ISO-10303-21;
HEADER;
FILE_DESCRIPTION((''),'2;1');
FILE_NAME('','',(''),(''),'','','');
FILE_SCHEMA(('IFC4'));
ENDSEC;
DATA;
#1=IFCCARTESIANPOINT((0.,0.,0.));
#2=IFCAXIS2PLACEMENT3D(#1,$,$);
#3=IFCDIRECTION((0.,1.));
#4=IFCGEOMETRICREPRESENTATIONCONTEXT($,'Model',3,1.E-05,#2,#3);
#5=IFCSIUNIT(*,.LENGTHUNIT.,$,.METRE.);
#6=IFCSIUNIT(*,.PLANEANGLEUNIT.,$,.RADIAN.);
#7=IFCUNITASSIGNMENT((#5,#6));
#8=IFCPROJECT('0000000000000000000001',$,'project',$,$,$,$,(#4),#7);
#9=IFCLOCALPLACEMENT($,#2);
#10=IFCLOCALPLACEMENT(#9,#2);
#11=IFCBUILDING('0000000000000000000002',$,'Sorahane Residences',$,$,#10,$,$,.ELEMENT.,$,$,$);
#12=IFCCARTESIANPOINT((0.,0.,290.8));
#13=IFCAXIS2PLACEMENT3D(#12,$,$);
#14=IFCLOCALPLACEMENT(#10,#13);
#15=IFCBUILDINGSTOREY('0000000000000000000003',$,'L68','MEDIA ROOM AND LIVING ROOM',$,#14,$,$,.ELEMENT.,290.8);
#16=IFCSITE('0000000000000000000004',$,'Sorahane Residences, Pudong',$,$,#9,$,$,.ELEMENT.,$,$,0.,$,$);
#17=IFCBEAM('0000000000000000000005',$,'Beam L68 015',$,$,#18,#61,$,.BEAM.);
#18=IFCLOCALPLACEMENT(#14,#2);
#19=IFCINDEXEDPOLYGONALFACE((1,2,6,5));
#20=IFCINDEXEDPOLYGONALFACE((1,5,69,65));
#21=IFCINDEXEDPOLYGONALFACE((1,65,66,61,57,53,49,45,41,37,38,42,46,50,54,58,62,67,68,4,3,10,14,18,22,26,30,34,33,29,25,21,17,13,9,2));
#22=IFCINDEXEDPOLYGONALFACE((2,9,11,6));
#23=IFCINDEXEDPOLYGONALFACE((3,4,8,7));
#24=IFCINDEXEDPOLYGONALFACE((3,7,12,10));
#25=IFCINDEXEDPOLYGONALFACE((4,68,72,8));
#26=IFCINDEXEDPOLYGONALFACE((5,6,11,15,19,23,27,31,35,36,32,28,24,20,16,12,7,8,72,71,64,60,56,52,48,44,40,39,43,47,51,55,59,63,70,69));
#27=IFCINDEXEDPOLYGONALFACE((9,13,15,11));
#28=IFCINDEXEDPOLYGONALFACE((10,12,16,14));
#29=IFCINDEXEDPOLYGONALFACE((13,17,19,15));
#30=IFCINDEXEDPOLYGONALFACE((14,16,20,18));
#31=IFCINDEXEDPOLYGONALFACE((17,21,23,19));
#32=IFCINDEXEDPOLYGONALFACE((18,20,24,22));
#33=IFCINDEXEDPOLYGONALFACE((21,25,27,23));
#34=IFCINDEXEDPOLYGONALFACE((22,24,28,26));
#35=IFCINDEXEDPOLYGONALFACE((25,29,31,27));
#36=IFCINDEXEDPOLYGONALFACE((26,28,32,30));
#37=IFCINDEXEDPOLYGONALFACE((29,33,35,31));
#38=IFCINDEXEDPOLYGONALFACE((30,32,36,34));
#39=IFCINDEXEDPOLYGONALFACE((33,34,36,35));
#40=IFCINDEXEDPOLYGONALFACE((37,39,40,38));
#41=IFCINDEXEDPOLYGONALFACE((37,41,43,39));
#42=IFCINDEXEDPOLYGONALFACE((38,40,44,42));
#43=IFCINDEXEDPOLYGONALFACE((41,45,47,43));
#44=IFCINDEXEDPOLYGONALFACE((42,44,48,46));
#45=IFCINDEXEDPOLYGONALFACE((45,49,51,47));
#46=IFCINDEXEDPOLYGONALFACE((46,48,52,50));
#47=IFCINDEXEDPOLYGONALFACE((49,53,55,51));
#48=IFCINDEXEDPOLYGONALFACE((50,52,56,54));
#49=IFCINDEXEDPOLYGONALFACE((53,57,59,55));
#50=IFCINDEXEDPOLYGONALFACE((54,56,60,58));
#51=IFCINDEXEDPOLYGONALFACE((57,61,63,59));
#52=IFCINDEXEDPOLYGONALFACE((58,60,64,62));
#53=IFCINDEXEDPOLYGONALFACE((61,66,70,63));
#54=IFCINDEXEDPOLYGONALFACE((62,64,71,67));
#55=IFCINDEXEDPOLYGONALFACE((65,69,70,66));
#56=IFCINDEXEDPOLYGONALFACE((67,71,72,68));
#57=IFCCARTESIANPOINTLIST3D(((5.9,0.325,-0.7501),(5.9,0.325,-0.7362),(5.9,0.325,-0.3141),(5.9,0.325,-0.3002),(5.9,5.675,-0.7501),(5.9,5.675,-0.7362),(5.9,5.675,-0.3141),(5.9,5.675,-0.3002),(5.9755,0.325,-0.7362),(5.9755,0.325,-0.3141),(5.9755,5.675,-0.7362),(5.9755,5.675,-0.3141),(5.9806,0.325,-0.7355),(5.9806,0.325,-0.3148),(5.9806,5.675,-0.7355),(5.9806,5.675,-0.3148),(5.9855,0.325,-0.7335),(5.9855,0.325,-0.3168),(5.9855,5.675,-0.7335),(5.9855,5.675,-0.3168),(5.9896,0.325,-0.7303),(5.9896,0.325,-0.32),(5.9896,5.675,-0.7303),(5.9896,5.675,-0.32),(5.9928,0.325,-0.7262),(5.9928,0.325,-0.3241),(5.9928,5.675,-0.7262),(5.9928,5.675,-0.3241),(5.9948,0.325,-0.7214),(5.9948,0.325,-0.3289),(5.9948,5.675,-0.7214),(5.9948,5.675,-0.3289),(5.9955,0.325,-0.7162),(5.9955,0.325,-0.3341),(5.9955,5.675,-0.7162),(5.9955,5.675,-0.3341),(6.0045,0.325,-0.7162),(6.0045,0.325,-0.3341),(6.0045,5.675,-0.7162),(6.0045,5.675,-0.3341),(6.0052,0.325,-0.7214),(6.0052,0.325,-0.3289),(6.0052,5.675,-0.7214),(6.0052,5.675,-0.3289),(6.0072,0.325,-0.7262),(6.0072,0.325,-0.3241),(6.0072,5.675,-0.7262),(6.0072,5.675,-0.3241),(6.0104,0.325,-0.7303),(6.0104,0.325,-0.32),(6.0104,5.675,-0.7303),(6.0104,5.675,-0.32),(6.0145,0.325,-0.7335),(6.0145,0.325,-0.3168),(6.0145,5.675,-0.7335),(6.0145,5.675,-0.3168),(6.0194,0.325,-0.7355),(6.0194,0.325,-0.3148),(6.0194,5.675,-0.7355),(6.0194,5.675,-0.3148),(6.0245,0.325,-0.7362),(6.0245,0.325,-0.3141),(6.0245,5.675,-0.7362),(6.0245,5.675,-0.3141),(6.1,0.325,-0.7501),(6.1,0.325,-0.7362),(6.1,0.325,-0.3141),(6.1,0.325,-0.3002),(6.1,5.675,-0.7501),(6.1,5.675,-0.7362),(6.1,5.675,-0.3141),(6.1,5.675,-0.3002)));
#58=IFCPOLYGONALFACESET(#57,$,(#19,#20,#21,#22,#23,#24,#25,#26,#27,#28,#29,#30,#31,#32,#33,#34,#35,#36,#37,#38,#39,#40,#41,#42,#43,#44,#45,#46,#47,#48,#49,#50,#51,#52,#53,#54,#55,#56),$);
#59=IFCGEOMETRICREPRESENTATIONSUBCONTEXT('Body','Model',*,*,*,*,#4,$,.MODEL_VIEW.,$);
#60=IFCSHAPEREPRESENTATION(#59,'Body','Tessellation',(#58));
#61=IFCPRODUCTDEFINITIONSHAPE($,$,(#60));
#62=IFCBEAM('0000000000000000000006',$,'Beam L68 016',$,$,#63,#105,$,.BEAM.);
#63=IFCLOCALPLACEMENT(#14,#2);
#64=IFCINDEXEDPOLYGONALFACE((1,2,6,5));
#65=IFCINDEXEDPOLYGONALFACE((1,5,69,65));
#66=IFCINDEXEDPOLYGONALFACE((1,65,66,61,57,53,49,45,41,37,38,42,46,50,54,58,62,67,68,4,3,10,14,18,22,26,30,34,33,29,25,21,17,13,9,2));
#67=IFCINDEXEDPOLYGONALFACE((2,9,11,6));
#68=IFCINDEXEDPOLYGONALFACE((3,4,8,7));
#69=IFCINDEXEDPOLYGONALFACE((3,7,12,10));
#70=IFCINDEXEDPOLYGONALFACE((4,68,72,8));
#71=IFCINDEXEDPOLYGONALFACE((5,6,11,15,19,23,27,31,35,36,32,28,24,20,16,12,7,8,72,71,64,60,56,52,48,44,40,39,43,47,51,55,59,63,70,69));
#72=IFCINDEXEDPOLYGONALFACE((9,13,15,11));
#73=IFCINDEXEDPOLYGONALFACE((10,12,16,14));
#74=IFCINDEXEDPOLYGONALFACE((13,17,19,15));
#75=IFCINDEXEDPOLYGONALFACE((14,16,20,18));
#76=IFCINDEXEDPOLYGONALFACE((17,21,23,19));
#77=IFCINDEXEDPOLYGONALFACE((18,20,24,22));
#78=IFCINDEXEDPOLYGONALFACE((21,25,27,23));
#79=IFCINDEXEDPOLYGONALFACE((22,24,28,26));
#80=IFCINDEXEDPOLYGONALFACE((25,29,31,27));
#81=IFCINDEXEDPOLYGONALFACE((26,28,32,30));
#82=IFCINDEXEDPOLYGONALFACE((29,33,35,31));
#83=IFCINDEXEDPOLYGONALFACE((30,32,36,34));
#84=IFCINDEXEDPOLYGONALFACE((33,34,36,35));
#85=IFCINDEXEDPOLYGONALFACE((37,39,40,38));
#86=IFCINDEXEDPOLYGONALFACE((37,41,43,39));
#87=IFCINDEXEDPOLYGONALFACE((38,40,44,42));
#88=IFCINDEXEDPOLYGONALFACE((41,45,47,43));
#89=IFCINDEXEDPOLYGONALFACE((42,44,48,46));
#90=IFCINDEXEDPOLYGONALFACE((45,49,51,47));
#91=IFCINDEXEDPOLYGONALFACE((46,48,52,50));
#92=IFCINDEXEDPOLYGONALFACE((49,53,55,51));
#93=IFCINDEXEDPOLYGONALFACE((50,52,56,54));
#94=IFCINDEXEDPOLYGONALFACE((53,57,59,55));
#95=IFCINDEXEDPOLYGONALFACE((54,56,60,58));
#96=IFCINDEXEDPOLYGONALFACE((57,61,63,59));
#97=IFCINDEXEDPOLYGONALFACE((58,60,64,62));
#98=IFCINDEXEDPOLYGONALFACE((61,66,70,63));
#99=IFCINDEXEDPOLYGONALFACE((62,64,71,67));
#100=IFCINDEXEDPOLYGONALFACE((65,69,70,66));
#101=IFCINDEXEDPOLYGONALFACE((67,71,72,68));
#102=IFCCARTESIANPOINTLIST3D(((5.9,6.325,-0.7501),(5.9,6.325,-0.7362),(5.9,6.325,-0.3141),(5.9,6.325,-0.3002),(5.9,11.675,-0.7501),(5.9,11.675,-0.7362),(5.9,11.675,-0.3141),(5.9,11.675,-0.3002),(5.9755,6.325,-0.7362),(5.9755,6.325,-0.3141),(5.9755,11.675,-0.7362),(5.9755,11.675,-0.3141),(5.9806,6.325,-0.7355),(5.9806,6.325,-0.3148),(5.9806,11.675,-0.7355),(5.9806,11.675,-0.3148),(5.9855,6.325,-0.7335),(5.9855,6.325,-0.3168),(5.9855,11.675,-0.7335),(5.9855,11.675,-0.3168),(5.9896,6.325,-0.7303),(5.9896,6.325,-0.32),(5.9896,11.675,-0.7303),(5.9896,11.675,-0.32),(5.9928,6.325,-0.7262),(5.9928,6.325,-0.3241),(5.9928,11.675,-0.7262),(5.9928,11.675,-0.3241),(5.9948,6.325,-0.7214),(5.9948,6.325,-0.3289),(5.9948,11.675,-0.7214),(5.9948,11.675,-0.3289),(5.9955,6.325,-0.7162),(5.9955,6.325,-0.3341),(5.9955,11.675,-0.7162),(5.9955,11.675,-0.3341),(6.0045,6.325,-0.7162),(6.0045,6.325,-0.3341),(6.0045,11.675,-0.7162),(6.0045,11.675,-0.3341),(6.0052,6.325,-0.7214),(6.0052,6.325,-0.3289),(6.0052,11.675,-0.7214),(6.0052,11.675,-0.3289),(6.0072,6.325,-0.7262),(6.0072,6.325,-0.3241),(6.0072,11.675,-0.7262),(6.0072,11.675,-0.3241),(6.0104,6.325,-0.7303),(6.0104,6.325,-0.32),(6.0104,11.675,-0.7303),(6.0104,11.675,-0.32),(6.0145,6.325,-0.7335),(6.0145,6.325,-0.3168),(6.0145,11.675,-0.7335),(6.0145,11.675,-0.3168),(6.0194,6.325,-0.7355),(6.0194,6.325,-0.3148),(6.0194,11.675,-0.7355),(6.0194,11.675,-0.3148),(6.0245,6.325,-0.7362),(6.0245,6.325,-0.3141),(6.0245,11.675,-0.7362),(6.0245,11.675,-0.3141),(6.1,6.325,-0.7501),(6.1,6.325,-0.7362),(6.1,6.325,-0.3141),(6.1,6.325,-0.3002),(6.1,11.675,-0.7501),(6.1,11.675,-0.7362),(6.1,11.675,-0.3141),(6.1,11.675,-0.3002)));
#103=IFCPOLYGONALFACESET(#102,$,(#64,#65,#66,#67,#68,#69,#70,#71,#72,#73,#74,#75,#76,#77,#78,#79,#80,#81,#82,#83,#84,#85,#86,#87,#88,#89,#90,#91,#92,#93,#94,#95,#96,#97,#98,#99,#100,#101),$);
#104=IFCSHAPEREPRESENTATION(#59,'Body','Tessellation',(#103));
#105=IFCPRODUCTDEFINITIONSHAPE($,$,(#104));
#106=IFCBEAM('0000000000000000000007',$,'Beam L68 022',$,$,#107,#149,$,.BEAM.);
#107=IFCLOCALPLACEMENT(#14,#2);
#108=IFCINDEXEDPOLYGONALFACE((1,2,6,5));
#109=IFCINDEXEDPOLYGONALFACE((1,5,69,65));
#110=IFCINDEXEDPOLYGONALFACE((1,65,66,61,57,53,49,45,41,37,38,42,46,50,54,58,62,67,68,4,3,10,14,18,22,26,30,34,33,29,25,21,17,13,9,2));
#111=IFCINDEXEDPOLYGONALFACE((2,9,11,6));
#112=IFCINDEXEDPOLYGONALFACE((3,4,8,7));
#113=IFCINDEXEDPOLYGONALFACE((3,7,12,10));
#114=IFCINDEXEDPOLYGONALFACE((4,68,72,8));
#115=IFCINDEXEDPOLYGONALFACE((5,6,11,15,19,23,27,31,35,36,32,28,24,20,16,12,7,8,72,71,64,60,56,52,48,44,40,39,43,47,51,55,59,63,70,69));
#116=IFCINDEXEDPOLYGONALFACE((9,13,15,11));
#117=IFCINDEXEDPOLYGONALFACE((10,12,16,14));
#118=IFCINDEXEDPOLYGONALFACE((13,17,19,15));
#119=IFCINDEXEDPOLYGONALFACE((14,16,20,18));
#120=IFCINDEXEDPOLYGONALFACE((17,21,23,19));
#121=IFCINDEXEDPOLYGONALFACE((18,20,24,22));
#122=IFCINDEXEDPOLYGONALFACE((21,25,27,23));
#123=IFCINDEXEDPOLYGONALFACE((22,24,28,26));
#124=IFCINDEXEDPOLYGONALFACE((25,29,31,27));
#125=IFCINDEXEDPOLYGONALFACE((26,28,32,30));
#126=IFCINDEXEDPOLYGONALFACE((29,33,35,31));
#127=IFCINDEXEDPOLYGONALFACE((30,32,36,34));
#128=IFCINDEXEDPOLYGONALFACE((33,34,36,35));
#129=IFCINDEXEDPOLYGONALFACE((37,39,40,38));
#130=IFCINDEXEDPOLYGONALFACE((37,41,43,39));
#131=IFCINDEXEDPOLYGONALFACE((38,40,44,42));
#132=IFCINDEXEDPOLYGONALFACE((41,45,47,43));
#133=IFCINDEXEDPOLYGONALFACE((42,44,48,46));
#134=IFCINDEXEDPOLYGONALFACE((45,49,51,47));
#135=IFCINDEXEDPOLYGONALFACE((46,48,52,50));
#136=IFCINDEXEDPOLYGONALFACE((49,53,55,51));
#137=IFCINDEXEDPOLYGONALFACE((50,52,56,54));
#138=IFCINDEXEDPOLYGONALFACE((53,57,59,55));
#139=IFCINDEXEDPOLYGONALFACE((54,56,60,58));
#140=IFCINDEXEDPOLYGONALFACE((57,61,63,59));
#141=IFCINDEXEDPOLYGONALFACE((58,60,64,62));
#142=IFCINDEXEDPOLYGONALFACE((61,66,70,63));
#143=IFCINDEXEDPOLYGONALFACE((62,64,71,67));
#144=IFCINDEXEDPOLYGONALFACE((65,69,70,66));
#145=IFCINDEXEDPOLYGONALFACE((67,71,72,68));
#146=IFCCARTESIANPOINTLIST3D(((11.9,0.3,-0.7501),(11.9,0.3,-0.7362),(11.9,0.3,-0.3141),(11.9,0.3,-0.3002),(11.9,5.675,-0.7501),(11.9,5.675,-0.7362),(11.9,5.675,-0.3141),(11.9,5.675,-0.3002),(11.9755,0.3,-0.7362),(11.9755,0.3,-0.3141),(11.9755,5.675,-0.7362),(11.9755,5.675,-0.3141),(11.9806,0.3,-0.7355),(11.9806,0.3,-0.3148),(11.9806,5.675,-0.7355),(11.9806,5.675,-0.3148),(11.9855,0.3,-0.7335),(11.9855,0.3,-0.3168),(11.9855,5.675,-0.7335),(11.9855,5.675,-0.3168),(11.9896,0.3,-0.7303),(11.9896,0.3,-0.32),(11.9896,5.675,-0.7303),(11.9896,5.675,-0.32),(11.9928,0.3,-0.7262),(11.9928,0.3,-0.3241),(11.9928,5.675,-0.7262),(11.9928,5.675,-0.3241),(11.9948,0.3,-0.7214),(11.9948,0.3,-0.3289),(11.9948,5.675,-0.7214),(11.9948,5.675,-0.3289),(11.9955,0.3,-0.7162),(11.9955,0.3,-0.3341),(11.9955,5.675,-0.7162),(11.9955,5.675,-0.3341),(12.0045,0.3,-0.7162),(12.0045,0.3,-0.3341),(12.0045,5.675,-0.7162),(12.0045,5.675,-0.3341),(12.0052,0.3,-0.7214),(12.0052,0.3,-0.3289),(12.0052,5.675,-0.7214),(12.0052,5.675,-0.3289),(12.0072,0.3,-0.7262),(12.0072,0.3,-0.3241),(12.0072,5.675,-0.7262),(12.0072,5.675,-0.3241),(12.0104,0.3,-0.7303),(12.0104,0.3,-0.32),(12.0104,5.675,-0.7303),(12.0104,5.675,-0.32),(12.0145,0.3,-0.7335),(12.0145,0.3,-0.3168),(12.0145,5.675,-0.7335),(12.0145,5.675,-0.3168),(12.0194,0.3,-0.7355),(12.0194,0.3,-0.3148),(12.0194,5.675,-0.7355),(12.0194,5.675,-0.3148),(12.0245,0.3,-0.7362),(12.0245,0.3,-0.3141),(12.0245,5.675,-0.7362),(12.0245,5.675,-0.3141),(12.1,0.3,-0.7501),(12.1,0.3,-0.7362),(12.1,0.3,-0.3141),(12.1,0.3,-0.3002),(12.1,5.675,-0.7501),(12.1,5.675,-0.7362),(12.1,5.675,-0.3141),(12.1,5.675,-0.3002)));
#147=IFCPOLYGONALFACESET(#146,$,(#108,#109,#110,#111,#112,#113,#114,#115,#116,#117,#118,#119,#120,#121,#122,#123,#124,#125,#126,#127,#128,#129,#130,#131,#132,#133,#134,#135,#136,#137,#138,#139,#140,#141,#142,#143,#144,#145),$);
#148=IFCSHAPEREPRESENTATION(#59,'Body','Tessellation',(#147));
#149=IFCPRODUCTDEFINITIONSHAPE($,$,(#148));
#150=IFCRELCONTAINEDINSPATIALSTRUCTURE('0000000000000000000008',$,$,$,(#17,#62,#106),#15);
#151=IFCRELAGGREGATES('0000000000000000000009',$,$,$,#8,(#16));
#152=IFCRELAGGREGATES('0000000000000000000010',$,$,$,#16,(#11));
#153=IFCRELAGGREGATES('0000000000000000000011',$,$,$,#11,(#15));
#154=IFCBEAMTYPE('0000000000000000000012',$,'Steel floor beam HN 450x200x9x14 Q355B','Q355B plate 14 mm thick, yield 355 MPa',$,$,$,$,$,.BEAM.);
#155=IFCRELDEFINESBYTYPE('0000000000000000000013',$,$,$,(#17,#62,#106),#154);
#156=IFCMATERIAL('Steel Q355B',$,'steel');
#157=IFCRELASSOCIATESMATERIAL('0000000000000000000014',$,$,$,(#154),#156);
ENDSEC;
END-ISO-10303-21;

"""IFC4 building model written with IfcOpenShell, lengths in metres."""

from ifc_helpers import new_model, si_unit, direction, frame, origin, origin_2d, place, context, subcontext, project, spatial, i_section, extrude, material, material_profile, profile_set, type_object, element, save


model = new_model("IFC4")

# Units and contexts
model_context = context("Model", 3, precision=1e-05, world=origin(), true_north=direction((0.0, 1.0)))
body_context = subcontext(model_context, "Body", "Model", "MODEL_VIEW")
ifc_project = project(units=[si_unit("LENGTHUNIT", "METRE"), si_unit("PLANEANGLEUNIT", "RADIAN")], contexts=[model_context])

# Site, building, storey
site_placement = place(None, origin())
site = spatial("IfcSite", under=ifc_project, at=site_placement, Name="Sorahane Residences, Pudong", CompositionType="ELEMENT", RefElevation=0.0)
building_placement = place(site_placement, origin())
building = spatial("IfcBuilding", under=site, at=building_placement, Name="Sorahane Residences", CompositionType="ELEMENT")
storey_placement = place(building_placement, frame((0.0, 0.0, 290.8)))
storey = spatial("IfcBuildingStorey", under=building, at=storey_placement, Name="L68", Description="MEDIA ROOM AND LIVING ROOM", CompositionType="ELEMENT", Elevation=290.8)

# Beams
ifc_material_1 = material(Name="Steel Q355B", Category="steel")
ifc_material_profile_1 = material_profile(ifc_material_1, i_section(OverallWidth=0.2, OverallDepth=0.45, WebThickness=0.009, FlangeThickness=0.0139, FilletRadius=0.02, at=origin_2d()), Name="HN 450x200x9x14")
ifc_profile_set_1 = profile_set([ifc_material_profile_1], Name="Steel Q355B")
beam_type = type_object("IfcBeamType", Name="Steel floor beam HN 450x200x9x14 Q355B", Description="Q355B plate 14 mm thick, yield 355 MPa", PredefinedType="BEAM", material=ifc_profile_set_1)
for number, where, z_axis, x_axis, name in (
    (1, (6.0, 0.325, -0.5251), (0.0, 1.0, 0.0), (-1.0, 0.0, 0.0), "Beam L68 015"),
    (2, (6.0, 6.325, -0.5251), (0.0, 1.0, 0.0), (-1.0, 0.0, 0.0), "Beam L68 016"),
):
    element("IfcBeam", number, at=place(storey_placement, frame(where, z_axis=z_axis, x_axis=x_axis)), inside=storey, type_object=beam_type, Name=name, PredefinedType="BEAM", context=body_context, shape_type="SweptSolid", body=[
        extrude(i_section(OverallWidth=0.2, OverallDepth=0.45, WebThickness=0.009, FlangeThickness=0.0139, FilletRadius=0.02, at=origin_2d()), origin(), (0.0, 0.0, 1.0), 5.3501),
    ])
beam_1_placement = place(storey_placement, frame((12.0, 0.3, -0.5251), z_axis=(0.0, 1.0, 0.0), x_axis=(-1.0, 0.0, 0.0)))
element("IfcBeam", 3, at=beam_1_placement, inside=storey, type_object=beam_type, Name="Beam L68 022", PredefinedType="BEAM", context=body_context, shape_type="SweptSolid", body=[
    extrude(i_section(OverallWidth=0.2, OverallDepth=0.45, WebThickness=0.009, FlangeThickness=0.0139, FilletRadius=0.02, at=origin_2d()), origin(), (0.0, 0.0, 1.0), 5.375),
])

save(model, "model.ifc")
